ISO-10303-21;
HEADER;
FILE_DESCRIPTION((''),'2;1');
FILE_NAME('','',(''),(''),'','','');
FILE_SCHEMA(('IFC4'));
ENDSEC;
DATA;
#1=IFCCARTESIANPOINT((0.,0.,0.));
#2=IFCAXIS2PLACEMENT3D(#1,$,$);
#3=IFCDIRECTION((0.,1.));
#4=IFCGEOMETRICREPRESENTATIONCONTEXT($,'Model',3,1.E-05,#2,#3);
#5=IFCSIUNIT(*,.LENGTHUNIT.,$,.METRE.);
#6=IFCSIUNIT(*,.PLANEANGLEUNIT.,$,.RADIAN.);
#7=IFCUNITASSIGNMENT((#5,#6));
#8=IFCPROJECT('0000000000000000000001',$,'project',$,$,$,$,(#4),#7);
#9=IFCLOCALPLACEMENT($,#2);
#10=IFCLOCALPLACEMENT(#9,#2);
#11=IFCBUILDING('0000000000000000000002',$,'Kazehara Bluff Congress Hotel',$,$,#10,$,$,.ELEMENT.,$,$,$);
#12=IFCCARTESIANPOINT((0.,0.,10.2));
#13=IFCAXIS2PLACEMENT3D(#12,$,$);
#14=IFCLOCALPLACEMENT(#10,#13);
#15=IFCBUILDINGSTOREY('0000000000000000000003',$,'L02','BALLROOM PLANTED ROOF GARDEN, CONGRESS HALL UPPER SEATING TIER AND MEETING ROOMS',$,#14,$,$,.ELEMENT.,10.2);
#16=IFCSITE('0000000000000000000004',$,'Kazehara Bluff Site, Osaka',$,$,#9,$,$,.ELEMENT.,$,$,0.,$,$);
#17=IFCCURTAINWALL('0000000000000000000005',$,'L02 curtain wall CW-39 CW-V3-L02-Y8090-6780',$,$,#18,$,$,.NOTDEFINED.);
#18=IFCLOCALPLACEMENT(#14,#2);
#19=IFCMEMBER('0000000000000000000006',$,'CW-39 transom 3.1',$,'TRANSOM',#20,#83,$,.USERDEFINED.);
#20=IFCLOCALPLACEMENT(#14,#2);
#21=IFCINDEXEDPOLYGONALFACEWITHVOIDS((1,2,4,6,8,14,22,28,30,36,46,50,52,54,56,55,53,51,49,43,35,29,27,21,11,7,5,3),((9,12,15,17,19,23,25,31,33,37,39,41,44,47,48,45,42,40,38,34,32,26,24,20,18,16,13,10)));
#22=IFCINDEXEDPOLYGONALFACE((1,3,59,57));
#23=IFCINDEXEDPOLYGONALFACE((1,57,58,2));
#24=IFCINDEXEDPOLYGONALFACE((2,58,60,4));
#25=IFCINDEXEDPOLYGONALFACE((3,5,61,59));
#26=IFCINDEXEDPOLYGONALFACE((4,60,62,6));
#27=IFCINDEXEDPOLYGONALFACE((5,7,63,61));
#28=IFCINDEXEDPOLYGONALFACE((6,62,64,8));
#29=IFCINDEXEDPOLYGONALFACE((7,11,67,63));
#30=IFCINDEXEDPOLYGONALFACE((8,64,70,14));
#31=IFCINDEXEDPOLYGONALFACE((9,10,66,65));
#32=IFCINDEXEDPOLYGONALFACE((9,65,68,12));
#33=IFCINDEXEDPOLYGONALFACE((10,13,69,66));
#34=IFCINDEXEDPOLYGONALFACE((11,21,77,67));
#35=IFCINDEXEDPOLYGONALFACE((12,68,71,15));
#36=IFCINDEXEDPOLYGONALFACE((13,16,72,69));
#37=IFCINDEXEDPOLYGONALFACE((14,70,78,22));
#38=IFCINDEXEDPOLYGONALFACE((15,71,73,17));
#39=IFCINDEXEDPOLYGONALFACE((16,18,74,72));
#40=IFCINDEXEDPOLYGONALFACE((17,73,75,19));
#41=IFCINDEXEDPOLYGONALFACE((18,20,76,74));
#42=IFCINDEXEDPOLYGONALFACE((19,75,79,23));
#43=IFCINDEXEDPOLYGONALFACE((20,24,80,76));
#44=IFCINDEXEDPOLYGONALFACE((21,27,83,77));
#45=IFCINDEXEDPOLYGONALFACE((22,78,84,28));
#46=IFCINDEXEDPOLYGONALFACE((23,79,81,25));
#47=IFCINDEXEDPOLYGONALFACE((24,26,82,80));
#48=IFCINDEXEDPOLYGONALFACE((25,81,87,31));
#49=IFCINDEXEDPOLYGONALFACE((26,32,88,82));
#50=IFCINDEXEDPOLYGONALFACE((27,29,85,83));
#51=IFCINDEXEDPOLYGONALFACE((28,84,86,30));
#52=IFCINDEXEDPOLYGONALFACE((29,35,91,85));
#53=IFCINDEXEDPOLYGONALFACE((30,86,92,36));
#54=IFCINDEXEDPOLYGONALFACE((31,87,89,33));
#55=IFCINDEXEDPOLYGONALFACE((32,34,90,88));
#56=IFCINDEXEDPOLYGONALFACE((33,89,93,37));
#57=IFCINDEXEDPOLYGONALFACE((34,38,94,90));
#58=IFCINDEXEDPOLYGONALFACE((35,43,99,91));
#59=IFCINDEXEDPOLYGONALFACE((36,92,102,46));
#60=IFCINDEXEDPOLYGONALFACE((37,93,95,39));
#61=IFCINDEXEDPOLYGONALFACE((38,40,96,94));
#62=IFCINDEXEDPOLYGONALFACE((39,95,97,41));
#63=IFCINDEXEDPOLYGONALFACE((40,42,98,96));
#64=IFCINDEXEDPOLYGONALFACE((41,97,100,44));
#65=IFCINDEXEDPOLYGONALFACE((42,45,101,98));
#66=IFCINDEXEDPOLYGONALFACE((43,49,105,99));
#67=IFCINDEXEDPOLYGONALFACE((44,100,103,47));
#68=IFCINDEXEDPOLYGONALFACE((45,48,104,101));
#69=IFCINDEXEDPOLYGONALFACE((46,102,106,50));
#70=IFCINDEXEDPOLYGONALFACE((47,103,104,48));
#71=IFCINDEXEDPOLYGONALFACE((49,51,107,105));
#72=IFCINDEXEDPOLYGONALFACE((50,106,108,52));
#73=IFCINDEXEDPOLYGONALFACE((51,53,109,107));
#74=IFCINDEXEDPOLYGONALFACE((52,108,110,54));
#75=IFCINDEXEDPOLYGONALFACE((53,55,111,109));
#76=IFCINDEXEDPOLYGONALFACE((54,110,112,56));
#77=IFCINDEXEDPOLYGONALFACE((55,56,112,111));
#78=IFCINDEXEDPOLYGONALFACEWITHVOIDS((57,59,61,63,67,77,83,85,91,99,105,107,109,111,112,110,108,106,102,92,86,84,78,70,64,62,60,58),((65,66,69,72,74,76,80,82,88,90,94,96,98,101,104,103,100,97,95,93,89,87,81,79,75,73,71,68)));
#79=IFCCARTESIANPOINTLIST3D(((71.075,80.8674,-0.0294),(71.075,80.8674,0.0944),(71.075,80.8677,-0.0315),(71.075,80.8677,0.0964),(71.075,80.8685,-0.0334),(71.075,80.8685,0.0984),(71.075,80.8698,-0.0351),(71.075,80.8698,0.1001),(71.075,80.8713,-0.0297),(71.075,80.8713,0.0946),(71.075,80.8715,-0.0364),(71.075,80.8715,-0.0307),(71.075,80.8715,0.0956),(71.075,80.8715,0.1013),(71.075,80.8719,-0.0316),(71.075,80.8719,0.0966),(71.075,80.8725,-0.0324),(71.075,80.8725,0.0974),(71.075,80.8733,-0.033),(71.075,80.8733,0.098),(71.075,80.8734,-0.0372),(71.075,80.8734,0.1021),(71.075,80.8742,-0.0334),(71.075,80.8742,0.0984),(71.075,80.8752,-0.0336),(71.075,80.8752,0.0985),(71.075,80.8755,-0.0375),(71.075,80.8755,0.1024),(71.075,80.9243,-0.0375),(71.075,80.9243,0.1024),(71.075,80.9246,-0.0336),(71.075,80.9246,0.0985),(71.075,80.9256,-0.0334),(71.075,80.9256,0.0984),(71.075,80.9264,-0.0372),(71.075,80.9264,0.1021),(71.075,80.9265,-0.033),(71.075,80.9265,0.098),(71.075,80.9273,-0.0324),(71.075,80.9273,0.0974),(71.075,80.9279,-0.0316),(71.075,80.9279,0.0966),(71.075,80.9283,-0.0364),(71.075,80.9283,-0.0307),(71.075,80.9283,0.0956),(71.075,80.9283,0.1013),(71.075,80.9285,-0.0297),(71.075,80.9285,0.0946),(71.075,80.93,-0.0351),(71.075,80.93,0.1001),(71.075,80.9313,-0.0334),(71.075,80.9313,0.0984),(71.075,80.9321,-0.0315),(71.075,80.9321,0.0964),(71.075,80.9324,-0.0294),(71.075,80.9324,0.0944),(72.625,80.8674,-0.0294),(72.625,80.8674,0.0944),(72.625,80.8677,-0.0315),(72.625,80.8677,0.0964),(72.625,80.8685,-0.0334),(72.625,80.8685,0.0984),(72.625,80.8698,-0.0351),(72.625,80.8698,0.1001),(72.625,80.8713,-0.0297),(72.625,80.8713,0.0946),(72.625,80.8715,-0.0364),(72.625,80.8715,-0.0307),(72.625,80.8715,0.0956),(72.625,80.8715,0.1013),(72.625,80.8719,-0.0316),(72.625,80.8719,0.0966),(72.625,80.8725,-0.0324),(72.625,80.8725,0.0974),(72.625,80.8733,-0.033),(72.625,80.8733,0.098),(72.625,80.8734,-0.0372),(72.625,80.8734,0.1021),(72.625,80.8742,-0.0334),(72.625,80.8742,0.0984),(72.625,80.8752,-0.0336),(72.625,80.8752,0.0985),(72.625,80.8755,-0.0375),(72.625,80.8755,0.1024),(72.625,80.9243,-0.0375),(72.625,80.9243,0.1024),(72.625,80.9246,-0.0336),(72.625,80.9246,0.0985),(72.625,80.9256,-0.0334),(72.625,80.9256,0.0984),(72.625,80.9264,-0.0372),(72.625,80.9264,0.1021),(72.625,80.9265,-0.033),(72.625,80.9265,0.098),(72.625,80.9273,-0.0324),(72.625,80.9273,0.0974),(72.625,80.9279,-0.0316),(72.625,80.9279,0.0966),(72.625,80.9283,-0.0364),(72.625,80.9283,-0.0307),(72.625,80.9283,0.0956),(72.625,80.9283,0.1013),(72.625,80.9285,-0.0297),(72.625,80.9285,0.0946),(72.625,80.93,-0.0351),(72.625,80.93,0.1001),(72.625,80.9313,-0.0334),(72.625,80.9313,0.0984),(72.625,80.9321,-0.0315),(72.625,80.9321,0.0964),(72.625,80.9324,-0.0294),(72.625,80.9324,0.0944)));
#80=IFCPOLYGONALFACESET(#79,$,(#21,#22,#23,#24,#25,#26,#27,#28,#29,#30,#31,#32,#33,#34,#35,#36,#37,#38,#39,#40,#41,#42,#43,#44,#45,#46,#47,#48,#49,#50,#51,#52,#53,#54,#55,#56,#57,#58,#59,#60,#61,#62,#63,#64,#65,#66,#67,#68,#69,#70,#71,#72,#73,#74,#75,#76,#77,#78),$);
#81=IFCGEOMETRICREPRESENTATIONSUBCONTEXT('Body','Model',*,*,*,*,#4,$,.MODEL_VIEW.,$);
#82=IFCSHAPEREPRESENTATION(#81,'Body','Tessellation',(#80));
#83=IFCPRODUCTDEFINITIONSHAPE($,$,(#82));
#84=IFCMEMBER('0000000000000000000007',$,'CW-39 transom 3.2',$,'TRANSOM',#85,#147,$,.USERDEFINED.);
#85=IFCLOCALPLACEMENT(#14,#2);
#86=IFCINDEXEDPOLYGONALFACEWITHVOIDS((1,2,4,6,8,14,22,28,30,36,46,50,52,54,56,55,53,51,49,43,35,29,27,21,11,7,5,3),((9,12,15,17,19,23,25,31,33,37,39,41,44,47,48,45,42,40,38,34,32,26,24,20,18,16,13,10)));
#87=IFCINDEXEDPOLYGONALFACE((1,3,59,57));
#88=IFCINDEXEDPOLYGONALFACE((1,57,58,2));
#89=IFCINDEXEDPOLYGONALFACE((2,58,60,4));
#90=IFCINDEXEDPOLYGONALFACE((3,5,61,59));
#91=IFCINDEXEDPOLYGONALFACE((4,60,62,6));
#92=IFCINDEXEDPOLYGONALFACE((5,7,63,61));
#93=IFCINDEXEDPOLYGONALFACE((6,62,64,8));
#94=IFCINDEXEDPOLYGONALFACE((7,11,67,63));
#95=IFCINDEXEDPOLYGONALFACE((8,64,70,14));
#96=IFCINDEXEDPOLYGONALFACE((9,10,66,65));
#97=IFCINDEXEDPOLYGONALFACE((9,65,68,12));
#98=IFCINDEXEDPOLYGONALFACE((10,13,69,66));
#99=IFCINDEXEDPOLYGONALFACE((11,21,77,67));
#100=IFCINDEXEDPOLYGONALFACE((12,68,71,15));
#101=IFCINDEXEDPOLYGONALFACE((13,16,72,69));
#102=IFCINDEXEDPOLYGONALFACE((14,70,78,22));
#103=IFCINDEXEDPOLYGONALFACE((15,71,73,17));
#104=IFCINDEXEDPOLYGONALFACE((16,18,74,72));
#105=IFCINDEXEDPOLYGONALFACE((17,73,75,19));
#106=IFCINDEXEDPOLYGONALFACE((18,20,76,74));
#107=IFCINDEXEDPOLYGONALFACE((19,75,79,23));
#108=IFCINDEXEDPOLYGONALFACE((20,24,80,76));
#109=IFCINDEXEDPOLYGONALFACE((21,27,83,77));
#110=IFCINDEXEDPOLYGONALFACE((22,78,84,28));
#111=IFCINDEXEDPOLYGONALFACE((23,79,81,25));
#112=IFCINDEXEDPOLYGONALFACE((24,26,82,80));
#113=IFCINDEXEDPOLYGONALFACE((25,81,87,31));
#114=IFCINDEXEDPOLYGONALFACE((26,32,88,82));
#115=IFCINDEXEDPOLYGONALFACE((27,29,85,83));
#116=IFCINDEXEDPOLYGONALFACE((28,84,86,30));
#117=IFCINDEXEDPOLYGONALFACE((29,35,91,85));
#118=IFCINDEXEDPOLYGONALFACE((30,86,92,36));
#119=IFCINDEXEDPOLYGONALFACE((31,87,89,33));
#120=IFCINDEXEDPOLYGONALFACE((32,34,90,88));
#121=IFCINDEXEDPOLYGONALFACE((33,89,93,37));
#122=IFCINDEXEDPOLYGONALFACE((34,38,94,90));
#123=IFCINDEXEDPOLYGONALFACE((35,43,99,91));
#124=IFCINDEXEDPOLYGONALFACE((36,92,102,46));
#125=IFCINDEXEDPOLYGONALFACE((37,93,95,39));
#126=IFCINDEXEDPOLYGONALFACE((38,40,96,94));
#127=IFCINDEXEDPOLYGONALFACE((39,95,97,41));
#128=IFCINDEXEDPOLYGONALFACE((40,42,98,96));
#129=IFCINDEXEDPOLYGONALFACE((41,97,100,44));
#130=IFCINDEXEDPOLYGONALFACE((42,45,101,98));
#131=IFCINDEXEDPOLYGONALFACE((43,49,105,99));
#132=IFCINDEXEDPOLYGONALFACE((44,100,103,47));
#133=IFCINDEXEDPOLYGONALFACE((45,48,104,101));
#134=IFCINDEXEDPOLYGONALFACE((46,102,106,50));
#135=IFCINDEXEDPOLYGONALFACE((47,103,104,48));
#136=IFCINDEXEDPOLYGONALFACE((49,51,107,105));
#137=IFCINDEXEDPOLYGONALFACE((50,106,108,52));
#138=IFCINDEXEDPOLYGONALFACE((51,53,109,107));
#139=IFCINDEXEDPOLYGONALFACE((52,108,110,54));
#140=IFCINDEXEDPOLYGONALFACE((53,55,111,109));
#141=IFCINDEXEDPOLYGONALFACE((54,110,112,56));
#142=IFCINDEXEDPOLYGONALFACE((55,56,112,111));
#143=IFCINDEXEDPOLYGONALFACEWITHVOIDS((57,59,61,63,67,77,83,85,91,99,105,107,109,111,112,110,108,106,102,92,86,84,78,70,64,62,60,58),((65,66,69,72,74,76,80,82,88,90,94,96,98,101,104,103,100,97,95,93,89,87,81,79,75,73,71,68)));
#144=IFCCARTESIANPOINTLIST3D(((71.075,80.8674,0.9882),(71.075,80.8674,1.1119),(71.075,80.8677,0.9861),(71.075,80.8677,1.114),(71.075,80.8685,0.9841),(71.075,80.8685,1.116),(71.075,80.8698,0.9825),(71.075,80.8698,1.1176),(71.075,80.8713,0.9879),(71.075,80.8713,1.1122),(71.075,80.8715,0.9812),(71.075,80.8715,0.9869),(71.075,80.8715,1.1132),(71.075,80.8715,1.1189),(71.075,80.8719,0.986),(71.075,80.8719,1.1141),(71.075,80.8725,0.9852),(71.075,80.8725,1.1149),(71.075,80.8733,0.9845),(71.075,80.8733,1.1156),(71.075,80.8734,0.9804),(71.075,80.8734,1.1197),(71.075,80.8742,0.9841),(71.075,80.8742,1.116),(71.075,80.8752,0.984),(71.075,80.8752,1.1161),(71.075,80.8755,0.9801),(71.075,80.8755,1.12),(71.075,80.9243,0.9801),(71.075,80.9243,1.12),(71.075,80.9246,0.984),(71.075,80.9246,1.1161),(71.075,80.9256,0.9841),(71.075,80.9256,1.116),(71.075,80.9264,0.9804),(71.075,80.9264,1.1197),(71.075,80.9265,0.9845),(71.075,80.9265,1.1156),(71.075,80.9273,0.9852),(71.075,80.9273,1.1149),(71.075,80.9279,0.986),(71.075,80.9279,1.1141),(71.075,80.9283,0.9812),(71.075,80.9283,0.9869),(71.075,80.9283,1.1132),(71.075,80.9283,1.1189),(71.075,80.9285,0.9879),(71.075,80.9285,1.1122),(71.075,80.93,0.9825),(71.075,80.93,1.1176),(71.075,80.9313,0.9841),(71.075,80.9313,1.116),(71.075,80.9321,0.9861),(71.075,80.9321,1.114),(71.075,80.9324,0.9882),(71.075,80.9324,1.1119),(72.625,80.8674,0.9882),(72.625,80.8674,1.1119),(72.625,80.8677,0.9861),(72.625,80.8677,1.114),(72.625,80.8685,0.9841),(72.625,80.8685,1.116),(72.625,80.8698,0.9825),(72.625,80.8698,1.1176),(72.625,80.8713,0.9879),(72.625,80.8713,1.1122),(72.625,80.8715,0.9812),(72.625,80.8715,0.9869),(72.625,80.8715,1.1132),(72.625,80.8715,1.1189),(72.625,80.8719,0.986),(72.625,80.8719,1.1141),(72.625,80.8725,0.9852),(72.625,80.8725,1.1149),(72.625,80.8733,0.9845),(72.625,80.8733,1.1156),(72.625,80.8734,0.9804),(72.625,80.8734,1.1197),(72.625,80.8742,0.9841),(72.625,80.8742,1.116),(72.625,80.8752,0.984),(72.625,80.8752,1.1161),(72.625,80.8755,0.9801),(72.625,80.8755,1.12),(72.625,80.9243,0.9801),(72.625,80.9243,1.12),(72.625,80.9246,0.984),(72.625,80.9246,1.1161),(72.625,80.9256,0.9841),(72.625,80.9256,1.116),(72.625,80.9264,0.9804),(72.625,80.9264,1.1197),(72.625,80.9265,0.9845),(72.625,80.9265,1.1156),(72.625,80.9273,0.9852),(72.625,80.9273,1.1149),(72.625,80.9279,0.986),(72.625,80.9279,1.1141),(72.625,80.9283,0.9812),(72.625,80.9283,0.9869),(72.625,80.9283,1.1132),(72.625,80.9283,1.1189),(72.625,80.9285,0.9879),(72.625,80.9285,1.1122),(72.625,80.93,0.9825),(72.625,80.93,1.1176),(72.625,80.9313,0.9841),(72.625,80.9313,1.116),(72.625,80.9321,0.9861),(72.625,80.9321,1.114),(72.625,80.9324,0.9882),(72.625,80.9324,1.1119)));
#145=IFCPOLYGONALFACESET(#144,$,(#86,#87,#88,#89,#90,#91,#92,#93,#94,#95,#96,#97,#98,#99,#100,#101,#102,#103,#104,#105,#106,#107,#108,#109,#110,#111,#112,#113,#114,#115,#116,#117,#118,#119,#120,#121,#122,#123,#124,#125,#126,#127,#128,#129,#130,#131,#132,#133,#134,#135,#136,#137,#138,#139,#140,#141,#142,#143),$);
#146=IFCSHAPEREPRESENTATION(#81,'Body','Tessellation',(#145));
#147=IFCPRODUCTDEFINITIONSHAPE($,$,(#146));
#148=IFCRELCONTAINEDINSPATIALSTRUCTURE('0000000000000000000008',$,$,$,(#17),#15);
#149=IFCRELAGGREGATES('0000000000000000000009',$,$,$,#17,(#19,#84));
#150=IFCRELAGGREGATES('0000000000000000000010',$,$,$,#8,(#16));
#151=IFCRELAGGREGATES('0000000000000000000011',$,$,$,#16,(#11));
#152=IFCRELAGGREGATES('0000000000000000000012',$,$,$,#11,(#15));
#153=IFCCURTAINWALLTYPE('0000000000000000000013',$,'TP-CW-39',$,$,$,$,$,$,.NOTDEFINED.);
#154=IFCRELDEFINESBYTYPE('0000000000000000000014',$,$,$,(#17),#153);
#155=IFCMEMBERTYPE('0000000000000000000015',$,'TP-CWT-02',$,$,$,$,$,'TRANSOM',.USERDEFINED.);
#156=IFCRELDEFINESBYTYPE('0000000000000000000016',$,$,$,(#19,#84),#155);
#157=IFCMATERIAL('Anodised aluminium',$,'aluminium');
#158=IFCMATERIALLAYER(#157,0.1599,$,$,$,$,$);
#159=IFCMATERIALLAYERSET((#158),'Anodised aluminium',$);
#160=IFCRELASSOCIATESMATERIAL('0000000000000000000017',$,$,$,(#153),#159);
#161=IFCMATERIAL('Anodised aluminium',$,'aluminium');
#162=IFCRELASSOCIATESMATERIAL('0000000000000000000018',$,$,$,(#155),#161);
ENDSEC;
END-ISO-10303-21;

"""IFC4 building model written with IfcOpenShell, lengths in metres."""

from ifc_helpers import new_model, si_unit, direction, frame, origin, origin_2d, place, context, subcontext, project, spatial, hollow_rectangle, extrude, material, layer, layer_set, material_profile, profile_set, type_object, element, aggregate, save


model = new_model("IFC4")

# Units and contexts
model_context = context("Model", 3, precision=1e-05, world=origin(), true_north=direction((0.0, 1.0)))
body_context = subcontext(model_context, "Body", "Model", "MODEL_VIEW")
ifc_project = project(units=[si_unit("LENGTHUNIT", "METRE"), si_unit("PLANEANGLEUNIT", "RADIAN")], contexts=[model_context])

# Site, building, storey
site_placement = place(None, origin())
site = spatial("IfcSite", under=ifc_project, at=site_placement, Name="Kazehara Bluff Site, Osaka", CompositionType="ELEMENT", RefElevation=0.0)
building_placement = place(site_placement, origin())
building = spatial("IfcBuilding", under=site, at=building_placement, Name="Kazehara Bluff Congress Hotel", CompositionType="ELEMENT")
storey_placement = place(building_placement, frame((0.0, 0.0, 10.2)))
storey = spatial("IfcBuildingStorey", under=building, at=storey_placement, Name="L02", Description="BALLROOM PLANTED ROOF GARDEN, CONGRESS HALL UPPER SEATING TIER AND MEETING ROOMS", CompositionType="ELEMENT", Elevation=10.2)

# Curtain wall, members
ifc_material_1 = material(Name="Anodised aluminium", Category="aluminium")
ifc_layer_1 = layer(ifc_material_1, 0.1599)
ifc_layer_set_1 = layer_set([ifc_layer_1], Name="Anodised aluminium")
curtain_wall_type = type_object("IfcCurtainWallType", Name="TP-CW-39", PredefinedType="NOTDEFINED", material=ifc_layer_set_1)
curtain_wall_placement = place(storey_placement, origin())
curtain_wall = element("IfcCurtainWall", 1, at=curtain_wall_placement, inside=storey, type_object=curtain_wall_type, Name="L02 curtain wall CW-39 CW-V3-L02-Y8090-6780", PredefinedType="NOTDEFINED")
ifc_material_2 = material(Name="Anodised aluminium", Category="aluminium")
ifc_material_profile_1 = material_profile(ifc_material_2, hollow_rectangle(XDim=0.0649, YDim=0.1399, WallThickness=0.0039, InnerFilletRadius=0.0039, OuterFilletRadius=0.0081, at=origin_2d()))
ifc_profile_set_1 = profile_set([ifc_material_profile_1], Name="Anodised aluminium")
member_type_1 = type_object("IfcMemberType", Name="TP-CWT-02", ElementType="TRANSOM", PredefinedType="USERDEFINED", material=ifc_profile_set_1)
member_1_placement = place(storey_placement, frame((71.075, 80.8999, 0.0325), z_axis=(1.0, 0.0, 0.0), x_axis=(0.0, 1.0, 0.0)))
member_1 = element("IfcMember", 2, at=member_1_placement, type_object=member_type_1, Name="CW-39 transom 3.1", ObjectType="TRANSOM", PredefinedType="USERDEFINED", context=body_context, shape_type="SweptSolid", body=[
    extrude(hollow_rectangle(XDim=0.0649, YDim=0.1399, WallThickness=0.0039, InnerFilletRadius=0.0039, OuterFilletRadius=0.0081, at=origin_2d()), origin(), (0.0, 0.0, 1.0), 1.55),
])
member_2_placement = place(storey_placement, frame((71.075, 80.8999, 1.05), z_axis=(1.0, 0.0, 0.0), x_axis=(0.0, 1.0, 0.0)))
member_2 = element("IfcMember", 3, at=member_2_placement, type_object=member_type_1, Name="CW-39 transom 3.2", ObjectType="TRANSOM", PredefinedType="USERDEFINED", context=body_context, shape_type="SweptSolid", body=[
    extrude(hollow_rectangle(XDim=0.0649, YDim=0.1399, WallThickness=0.0039, InnerFilletRadius=0.0039, OuterFilletRadius=0.0081, at=origin_2d()), origin(), (0.0, 0.0, 1.0), 1.55),
])
aggregate(curtain_wall, [member_1, member_2])

save(model, "model.ifc")
